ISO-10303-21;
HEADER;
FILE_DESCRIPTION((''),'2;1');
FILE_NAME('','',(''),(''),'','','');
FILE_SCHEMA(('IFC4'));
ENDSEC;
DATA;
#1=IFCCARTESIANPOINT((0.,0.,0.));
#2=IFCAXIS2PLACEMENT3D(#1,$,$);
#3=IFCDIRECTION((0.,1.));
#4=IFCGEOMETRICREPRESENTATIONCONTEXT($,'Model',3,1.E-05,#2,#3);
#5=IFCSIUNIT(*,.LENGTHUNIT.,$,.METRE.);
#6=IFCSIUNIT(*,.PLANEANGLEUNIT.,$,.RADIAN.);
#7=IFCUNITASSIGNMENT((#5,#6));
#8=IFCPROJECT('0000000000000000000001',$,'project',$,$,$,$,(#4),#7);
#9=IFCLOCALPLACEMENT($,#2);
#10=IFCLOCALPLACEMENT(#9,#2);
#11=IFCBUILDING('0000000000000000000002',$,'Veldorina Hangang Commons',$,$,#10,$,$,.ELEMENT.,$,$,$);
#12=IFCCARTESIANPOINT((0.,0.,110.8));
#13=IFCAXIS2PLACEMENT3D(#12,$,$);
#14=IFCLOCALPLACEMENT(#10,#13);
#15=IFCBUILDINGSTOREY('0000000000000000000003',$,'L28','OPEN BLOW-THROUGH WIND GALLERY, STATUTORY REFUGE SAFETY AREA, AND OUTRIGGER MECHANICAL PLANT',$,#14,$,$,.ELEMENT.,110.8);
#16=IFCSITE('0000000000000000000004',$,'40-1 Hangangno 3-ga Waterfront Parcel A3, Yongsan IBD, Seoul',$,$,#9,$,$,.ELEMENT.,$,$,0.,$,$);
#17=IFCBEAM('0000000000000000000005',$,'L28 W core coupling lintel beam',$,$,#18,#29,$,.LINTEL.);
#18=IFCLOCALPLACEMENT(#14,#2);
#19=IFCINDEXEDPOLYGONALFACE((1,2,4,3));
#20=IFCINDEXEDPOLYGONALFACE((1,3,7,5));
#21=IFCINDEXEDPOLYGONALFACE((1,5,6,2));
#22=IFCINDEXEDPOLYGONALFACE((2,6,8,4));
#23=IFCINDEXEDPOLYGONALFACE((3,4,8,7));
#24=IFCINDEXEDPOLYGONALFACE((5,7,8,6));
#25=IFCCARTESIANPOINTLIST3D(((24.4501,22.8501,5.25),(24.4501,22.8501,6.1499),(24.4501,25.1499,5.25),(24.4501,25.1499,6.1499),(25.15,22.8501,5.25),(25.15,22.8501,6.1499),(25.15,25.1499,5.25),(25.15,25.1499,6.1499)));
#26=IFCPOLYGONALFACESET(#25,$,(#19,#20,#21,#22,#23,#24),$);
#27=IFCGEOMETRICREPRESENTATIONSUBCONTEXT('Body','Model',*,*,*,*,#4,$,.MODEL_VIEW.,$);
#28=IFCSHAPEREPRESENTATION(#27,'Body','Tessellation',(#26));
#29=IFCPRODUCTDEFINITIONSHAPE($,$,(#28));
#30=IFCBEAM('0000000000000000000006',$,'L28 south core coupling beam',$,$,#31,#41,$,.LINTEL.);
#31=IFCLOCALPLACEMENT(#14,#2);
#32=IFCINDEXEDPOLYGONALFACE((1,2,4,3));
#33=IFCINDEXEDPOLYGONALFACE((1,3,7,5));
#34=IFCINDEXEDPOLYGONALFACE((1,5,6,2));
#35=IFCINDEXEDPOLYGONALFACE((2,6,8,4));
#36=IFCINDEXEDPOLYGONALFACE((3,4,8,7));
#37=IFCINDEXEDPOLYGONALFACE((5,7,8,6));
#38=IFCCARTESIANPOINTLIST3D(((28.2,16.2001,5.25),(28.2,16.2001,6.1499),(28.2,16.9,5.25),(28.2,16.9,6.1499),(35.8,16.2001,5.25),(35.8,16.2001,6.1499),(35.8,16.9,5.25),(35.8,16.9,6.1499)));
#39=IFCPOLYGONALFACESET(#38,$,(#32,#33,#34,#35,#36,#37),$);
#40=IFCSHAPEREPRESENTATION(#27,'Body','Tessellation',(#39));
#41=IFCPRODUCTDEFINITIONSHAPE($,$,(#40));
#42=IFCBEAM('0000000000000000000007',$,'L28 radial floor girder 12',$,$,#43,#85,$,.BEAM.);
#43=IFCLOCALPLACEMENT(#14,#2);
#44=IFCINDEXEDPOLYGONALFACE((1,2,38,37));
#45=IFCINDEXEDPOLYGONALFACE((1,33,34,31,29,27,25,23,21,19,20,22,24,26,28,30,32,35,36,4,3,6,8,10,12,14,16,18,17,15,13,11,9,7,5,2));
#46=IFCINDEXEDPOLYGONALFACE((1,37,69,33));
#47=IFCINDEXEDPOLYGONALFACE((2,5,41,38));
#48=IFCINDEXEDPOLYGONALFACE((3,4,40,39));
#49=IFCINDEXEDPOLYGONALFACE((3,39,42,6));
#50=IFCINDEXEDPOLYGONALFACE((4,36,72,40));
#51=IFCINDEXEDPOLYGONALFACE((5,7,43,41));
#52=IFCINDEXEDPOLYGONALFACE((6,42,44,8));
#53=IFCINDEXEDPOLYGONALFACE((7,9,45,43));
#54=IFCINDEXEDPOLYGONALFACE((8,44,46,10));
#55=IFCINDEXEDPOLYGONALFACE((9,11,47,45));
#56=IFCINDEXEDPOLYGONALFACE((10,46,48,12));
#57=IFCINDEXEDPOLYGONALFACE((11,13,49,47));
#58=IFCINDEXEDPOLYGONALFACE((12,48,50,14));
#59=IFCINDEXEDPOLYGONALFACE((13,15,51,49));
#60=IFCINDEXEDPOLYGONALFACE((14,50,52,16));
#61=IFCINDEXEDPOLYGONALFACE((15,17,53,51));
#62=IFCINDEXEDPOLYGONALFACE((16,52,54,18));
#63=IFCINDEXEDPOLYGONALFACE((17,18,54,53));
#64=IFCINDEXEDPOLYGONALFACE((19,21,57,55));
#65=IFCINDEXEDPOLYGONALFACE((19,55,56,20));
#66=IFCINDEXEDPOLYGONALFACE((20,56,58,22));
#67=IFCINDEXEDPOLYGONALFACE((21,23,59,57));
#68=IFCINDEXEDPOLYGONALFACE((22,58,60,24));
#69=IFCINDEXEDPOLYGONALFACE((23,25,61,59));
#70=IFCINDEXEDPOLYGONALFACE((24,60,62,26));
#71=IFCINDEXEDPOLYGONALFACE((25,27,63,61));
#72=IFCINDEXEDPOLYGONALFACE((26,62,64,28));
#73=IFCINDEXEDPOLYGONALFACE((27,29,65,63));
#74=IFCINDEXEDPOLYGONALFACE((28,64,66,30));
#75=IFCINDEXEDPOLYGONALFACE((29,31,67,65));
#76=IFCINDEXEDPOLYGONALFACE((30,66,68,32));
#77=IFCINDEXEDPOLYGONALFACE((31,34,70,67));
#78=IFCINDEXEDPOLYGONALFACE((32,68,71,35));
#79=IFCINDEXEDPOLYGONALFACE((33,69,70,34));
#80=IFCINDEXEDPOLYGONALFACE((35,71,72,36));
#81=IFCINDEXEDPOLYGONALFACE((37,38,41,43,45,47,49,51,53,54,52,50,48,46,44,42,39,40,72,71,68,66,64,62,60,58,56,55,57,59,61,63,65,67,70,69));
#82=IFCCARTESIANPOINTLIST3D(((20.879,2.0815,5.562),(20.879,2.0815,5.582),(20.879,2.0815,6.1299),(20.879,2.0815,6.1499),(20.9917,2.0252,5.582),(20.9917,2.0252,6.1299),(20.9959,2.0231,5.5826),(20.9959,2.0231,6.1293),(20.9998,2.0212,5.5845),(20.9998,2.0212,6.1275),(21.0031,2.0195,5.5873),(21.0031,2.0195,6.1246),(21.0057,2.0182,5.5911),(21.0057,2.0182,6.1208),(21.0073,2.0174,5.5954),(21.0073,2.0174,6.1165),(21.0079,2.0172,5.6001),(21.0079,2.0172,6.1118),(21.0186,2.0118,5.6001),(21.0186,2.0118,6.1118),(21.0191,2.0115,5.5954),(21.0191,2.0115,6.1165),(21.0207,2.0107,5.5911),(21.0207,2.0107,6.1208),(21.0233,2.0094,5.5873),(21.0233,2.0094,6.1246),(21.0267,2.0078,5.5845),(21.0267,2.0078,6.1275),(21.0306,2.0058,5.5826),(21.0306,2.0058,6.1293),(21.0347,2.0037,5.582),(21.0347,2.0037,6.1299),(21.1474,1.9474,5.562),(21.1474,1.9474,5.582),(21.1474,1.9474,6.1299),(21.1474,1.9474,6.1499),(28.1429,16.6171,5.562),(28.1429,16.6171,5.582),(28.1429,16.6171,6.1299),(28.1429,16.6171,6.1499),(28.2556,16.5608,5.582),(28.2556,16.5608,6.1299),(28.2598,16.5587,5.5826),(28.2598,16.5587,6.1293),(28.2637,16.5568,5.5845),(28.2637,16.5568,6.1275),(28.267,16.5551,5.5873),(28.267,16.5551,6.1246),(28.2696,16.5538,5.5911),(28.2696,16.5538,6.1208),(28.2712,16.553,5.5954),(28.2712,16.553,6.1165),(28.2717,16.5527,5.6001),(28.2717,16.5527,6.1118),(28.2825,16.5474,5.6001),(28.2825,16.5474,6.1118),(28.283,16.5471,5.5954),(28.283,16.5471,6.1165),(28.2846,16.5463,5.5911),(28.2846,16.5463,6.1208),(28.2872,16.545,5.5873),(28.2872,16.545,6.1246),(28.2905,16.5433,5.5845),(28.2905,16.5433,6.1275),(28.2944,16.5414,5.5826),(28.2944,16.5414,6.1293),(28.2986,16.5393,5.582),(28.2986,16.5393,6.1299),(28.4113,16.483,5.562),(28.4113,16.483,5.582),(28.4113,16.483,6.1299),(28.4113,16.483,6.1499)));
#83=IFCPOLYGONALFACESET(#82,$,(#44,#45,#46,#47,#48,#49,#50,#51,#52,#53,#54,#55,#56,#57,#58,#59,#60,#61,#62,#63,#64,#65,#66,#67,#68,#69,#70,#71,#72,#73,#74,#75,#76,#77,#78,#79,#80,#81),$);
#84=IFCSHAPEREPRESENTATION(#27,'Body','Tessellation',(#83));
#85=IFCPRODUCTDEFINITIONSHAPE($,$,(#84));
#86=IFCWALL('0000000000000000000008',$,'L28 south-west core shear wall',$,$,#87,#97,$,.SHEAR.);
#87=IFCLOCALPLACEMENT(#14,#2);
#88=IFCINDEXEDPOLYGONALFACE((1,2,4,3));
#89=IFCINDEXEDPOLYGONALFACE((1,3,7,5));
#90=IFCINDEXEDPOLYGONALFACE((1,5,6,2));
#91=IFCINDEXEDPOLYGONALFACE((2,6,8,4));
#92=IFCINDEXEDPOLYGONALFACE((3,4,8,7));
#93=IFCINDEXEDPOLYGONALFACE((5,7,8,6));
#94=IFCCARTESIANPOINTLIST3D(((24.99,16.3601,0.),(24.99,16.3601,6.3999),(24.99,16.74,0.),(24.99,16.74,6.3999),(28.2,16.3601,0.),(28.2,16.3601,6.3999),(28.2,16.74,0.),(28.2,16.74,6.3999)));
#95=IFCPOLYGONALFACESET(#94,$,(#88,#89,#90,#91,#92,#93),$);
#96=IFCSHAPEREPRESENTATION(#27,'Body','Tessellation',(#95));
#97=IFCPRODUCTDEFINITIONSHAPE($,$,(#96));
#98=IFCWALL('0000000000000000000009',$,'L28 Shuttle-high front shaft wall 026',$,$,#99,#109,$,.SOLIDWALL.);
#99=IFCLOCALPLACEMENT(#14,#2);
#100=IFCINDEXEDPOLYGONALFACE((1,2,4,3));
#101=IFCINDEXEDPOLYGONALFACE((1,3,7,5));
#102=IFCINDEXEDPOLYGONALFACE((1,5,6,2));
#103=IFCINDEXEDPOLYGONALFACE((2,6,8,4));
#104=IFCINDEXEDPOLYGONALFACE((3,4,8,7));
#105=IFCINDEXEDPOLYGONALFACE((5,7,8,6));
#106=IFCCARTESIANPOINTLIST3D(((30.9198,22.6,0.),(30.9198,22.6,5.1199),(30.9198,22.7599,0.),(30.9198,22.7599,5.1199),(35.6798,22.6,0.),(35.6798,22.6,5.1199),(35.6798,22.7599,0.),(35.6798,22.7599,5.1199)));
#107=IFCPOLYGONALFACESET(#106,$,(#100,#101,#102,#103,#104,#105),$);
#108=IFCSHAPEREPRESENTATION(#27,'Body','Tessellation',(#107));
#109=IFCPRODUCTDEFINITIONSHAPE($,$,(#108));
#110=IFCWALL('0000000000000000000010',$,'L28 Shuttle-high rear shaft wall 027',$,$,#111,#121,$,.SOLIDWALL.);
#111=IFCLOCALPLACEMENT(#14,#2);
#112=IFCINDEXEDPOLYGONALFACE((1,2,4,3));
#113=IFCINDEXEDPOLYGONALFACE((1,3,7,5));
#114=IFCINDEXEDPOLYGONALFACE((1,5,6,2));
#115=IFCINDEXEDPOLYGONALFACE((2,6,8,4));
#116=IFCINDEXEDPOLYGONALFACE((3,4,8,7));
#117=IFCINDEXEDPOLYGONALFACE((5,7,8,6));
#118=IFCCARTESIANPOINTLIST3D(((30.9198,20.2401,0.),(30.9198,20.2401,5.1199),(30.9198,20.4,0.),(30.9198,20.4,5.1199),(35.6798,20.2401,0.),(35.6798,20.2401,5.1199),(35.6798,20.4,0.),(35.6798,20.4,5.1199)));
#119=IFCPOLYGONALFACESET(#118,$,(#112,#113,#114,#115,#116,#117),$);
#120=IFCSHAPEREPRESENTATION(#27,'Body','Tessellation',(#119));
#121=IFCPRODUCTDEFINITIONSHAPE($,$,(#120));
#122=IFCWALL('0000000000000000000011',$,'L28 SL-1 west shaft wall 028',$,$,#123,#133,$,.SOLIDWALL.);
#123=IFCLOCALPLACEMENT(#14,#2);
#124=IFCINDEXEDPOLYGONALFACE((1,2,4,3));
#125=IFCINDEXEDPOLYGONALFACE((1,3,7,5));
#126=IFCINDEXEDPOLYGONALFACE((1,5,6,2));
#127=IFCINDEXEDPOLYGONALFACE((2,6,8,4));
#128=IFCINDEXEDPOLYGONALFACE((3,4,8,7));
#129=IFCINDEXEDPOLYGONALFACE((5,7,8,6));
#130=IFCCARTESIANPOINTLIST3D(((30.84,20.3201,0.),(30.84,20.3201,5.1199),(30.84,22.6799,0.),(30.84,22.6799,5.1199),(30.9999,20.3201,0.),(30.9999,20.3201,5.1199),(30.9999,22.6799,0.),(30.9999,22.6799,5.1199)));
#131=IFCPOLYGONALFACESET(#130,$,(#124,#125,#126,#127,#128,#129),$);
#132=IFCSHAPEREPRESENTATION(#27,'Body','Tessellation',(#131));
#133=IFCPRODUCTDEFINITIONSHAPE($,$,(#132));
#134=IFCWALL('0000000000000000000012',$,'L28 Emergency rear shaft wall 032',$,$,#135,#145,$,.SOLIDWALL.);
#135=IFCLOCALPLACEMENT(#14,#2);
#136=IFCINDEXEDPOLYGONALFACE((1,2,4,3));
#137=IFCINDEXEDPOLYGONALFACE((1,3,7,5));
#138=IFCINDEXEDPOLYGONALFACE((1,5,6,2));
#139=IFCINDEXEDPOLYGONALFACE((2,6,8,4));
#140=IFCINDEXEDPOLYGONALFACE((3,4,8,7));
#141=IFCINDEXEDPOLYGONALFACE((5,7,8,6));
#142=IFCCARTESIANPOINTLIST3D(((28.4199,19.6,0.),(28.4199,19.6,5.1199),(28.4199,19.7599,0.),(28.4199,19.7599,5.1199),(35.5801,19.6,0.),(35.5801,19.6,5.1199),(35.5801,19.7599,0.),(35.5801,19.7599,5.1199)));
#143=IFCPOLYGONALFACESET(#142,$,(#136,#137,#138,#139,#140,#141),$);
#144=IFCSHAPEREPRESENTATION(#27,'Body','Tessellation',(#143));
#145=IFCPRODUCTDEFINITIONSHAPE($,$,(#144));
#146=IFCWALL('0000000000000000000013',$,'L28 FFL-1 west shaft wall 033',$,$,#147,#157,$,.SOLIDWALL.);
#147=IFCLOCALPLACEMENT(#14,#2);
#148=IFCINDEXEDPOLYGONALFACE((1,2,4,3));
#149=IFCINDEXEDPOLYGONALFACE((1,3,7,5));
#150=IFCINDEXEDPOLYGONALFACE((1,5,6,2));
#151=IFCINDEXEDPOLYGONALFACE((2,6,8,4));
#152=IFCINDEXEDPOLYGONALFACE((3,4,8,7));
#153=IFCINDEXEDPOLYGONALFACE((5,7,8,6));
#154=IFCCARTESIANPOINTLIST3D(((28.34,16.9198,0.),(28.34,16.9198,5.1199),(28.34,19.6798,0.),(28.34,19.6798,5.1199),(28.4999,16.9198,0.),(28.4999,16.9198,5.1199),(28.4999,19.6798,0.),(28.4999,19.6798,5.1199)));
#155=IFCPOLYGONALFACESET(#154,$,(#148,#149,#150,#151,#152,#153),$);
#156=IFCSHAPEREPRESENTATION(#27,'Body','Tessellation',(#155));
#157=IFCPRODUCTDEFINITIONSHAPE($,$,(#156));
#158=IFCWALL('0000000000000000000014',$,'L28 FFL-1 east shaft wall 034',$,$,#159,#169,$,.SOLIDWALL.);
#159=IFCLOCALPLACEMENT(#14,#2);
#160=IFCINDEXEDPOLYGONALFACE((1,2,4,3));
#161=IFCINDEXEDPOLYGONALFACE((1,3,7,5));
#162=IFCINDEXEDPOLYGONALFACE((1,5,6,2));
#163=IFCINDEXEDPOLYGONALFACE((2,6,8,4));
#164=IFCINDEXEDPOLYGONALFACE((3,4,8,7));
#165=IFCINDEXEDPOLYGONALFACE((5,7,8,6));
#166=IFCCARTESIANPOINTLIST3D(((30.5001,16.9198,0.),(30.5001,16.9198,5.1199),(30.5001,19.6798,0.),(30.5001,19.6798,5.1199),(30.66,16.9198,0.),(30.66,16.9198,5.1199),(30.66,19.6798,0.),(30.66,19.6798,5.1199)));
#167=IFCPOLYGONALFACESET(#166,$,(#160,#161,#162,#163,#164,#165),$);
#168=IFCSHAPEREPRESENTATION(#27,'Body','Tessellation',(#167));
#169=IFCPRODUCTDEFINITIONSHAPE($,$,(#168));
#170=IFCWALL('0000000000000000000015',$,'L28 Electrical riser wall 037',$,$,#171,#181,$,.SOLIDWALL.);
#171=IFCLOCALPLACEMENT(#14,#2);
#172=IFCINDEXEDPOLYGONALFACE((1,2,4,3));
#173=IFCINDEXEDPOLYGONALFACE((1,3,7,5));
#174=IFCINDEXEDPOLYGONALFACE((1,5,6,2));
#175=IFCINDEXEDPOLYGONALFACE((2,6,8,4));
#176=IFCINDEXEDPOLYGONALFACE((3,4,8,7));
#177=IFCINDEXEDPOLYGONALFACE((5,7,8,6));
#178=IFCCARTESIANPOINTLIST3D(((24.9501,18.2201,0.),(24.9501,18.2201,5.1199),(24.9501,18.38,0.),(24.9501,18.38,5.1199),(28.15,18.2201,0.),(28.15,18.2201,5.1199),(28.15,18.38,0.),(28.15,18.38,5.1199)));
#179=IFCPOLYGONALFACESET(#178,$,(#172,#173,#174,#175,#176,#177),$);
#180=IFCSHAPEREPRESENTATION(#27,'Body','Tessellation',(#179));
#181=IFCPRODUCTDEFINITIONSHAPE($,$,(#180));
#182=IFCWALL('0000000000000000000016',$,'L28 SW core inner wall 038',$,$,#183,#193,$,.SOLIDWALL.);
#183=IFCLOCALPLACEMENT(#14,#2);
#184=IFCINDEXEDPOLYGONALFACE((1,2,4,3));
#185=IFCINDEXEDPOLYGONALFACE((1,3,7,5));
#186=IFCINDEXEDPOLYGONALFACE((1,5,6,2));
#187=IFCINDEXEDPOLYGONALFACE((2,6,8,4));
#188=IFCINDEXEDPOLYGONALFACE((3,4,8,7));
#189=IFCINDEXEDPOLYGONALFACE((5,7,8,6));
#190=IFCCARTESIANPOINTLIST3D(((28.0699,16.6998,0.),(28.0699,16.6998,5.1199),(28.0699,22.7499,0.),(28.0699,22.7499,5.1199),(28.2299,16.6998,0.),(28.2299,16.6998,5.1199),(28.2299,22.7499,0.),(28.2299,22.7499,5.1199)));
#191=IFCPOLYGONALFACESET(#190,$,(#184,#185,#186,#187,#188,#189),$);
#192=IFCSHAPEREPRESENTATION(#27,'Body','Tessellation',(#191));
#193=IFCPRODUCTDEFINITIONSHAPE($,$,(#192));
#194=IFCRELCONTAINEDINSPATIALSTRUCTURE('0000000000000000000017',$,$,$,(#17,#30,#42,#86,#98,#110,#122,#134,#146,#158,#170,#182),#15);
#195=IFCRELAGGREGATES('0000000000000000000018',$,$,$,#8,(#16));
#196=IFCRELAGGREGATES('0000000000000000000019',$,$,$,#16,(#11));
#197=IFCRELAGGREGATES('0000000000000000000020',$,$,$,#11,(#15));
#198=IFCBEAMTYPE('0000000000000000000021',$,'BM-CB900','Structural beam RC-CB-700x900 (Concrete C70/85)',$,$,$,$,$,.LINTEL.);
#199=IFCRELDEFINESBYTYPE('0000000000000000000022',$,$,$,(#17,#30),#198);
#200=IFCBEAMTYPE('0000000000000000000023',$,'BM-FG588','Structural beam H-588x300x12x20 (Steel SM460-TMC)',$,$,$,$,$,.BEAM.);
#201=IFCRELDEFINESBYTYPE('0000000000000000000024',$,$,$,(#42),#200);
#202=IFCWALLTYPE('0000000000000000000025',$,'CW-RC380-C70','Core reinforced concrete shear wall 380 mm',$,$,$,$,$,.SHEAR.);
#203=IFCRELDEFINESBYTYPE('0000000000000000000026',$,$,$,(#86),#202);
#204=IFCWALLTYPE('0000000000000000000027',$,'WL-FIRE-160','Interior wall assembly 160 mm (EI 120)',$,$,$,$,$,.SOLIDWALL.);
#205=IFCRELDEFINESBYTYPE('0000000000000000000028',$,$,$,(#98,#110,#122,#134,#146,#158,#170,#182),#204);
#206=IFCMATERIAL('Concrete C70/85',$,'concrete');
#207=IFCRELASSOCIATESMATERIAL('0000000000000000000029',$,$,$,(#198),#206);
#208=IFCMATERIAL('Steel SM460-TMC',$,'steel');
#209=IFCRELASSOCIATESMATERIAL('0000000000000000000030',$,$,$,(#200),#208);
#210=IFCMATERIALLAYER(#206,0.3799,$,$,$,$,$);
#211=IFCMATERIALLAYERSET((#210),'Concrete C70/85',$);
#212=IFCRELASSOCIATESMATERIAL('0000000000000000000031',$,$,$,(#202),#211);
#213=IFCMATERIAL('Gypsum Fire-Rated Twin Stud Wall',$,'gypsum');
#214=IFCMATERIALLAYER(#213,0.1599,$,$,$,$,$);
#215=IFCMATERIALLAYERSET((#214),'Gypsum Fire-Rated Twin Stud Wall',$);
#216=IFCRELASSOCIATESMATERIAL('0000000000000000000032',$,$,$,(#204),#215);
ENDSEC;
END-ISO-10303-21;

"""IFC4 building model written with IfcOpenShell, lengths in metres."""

from ifc_helpers import new_model, si_unit, direction, frame, frame_2d, origin, origin_2d, place, context, subcontext, project, spatial, rectangle, i_section, extrude, material, layer, layer_set, material_profile, profile_set, type_object, element, save


model = new_model("IFC4")

# Units and contexts
model_context = context("Model", 3, precision=1e-05, world=origin(), true_north=direction((0.0, 1.0)))
body_context = subcontext(model_context, "Body", "Model", "MODEL_VIEW")
ifc_project = project(units=[si_unit("LENGTHUNIT", "METRE"), si_unit("PLANEANGLEUNIT", "RADIAN")], contexts=[model_context])

# Site, building, storey
site_placement = place(None, origin())
site = spatial("IfcSite", under=ifc_project, at=site_placement, Name="40-1 Hangangno 3-ga Waterfront Parcel A3, Yongsan IBD, Seoul", CompositionType="ELEMENT", RefElevation=0.0)
building_placement = place(site_placement, origin())
building = spatial("IfcBuilding", under=site, at=building_placement, Name="Veldorina Hangang Commons", CompositionType="ELEMENT")
storey_placement = place(building_placement, frame((0.0, 0.0, 110.8)))
storey = spatial("IfcBuildingStorey", under=building, at=storey_placement, Name="L28", Description="OPEN BLOW-THROUGH WIND GALLERY, STATUTORY REFUGE SAFETY AREA, AND OUTRIGGER MECHANICAL PLANT", CompositionType="ELEMENT", Elevation=110.8)

# Beams
ifc_material_1 = material(Name="Concrete C70/85", Category="concrete")
ifc_material_profile_1 = material_profile(ifc_material_1, rectangle(XDim=0.7, YDim=0.8999, at=origin_2d()), Name="RC-CB-700x900")
ifc_profile_set_1 = profile_set([ifc_material_profile_1], Name="Concrete C70/85")
beam_type_1 = type_object("IfcBeamType", Name="BM-CB900", Description="Structural beam RC-CB-700x900 (Concrete C70/85)", PredefinedType="LINTEL", material=ifc_profile_set_1)
beam_1_placement = place(storey_placement, frame((24.8, 22.8501, 5.7), z_axis=(0.0, 1.0, 0.0), x_axis=(-1.0, 0.0, 0.0)))
element("IfcBeam", 1, at=beam_1_placement, inside=storey, type_object=beam_type_1, Name="L28 W core coupling lintel beam", PredefinedType="LINTEL", context=body_context, shape_type="SweptSolid", body=[
    extrude(rectangle(XDim=0.7, YDim=0.8999, at=origin_2d()), origin(), (0.0, 0.0, 1.0), 2.2998),
])
beam_2_placement = place(storey_placement, frame((28.2, 16.55, 5.7), z_axis=(1.0, 0.0, 0.0), x_axis=(0.0, 1.0, 0.0)))
element("IfcBeam", 2, at=beam_2_placement, inside=storey, type_object=beam_type_1, Name="L28 south core coupling beam", PredefinedType="LINTEL", context=body_context, shape_type="SweptSolid", body=[
    extrude(rectangle(XDim=0.7, YDim=0.8999, at=origin_2d()), origin(), (0.0, 0.0, 1.0), 7.6001),
])
ifc_material_2 = material(Name="Steel SM460-TMC", Category="steel")
ifc_material_profile_2 = material_profile(ifc_material_2, i_section(OverallWidth=0.3, OverallDepth=0.5879, WebThickness=0.012, FlangeThickness=0.02, FilletRadius=0.0181, at=origin_2d()), Name="H-588x300x12x20")
ifc_profile_set_2 = profile_set([ifc_material_profile_2], Name="Steel SM460-TMC")
beam_type_2 = type_object("IfcBeamType", Name="BM-FG588", Description="Structural beam H-588x300x12x20 (Steel SM460-TMC)", PredefinedType="BEAM", material=ifc_profile_set_2)
beam_3_placement = place(storey_placement, frame((28.2771, 16.55, 5.856), z_axis=(-0.447021, -0.894523, 0.0), x_axis=(0.894523, -0.447021, 0.0)))
element("IfcBeam", 3, at=beam_3_placement, inside=storey, type_object=beam_type_2, Name="L28 radial floor girder 12", PredefinedType="BEAM", context=body_context, shape_type="SweptSolid", body=[
    extrude(i_section(OverallWidth=0.3, OverallDepth=0.5879, WebThickness=0.012, FlangeThickness=0.02, FilletRadius=0.0181, at=origin_2d()), origin(), (0.0, 0.0, 1.0), 16.2495),
])

# Walls
ifc_layer_1 = layer(ifc_material_1, 0.3799)
ifc_layer_set_1 = layer_set([ifc_layer_1], Name="Concrete C70/85")
wall_type_1 = type_object("IfcWallType", Name="CW-RC380-C70", Description="Core reinforced concrete shear wall 380 mm", PredefinedType="SHEAR", material=ifc_layer_set_1)
wall_1_placement = place(storey_placement, frame((24.99, 16.55, 0.0), z_axis=(0.0, 0.0, 1.0), x_axis=(1.0, 0.0, 0.0)))
element("IfcWall", 4, at=wall_1_placement, inside=storey, type_object=wall_type_1, Name="L28 south-west core shear wall", PredefinedType="SHEAR", context=body_context, shape_type="SweptSolid", body=[
    extrude(rectangle(XDim=3.21, YDim=0.3799, at=frame_2d((1.605, 0.0))), origin(), (0.0, 0.0, 1.0), 6.3999),
])
ifc_material_3 = material(Name="Gypsum Fire-Rated Twin Stud Wall", Category="gypsum")
ifc_layer_2 = layer(ifc_material_3, 0.1599)
ifc_layer_set_2 = layer_set([ifc_layer_2], Name="Gypsum Fire-Rated Twin Stud Wall")
wall_type_2 = type_object("IfcWallType", Name="WL-FIRE-160", Description="Interior wall assembly 160 mm (EI 120)", PredefinedType="SOLIDWALL", material=ifc_layer_set_2)
for number, where, z_axis, x_axis, name in (
    (5, (30.9199, 22.6799, 0.0), (0.0, 0.0, 1.0), (1.0, 0.0, 0.0), "L28 Shuttle-high front shaft wall 026"),
    (6, (30.9199, 20.3201, 0.0), (0.0, 0.0, 1.0), (1.0, 0.0, 0.0), "L28 Shuttle-high rear shaft wall 027"),
):
    element("IfcWall", number, at=place(storey_placement, frame(where, z_axis=z_axis, x_axis=x_axis)), inside=storey, type_object=wall_type_2, Name=name, PredefinedType="SOLIDWALL", context=body_context, shape_type="SweptSolid", body=[
        extrude(rectangle(XDim=4.76, YDim=0.1599, at=frame_2d((2.3799, 0.0))), origin(), (0.0, 0.0, 1.0), 5.1199),
    ])
wall_2_placement = place(storey_placement, frame((30.9199, 20.3201, 0.0), z_axis=(0.0, 0.0, 1.0), x_axis=(0.0, 1.0, 0.0)))
element("IfcWall", 7, at=wall_2_placement, inside=storey, type_object=wall_type_2, Name="L28 SL-1 west shaft wall 028", PredefinedType="SOLIDWALL", context=body_context, shape_type="SweptSolid", body=[
    extrude(rectangle(XDim=2.3599, YDim=0.1599, at=frame_2d((1.1799, 0.0))), origin(), (0.0, 0.0, 1.0), 5.1199),
])

# Walls
wall_3_placement = place(storey_placement, frame((28.4199, 19.6799, 0.0), z_axis=(0.0, 0.0, 1.0), x_axis=(1.0, 0.0, 0.0)))
element("IfcWall", 8, at=wall_3_placement, inside=storey, type_object=wall_type_2, Name="L28 Emergency rear shaft wall 032", PredefinedType="SOLIDWALL", context=body_context, shape_type="SweptSolid", body=[
    extrude(rectangle(XDim=7.1602, YDim=0.1599, at=frame_2d((3.5801, 0.0))), origin(), (0.0, 0.0, 1.0), 5.1199),
])
for number, where, z_axis, x_axis, name in (
    (9, (28.4199, 16.9199, 0.0), (0.0, 0.0, 1.0), (0.0, 1.0, 0.0), "L28 FFL-1 west shaft wall 033"),
    (10, (30.5801, 16.9199, 0.0), (0.0, 0.0, 1.0), (0.0, 1.0, 0.0), "L28 FFL-1 east shaft wall 034"),
):
    element("IfcWall", number, at=place(storey_placement, frame(where, z_axis=z_axis, x_axis=x_axis)), inside=storey, type_object=wall_type_2, Name=name, PredefinedType="SOLIDWALL", context=body_context, shape_type="SweptSolid", body=[
        extrude(rectangle(XDim=2.76, YDim=0.1599, at=frame_2d((1.3799, 0.0))), origin(), (0.0, 0.0, 1.0), 5.1199),
    ])
wall_4_placement = place(storey_placement, frame((24.95, 18.3, 0.0), z_axis=(0.0, 0.0, 1.0), x_axis=(1.0, 0.0, 0.0)))
element("IfcWall", 11, at=wall_4_placement, inside=storey, type_object=wall_type_2, Name="L28 Electrical riser wall 037", PredefinedType="SOLIDWALL", context=body_context, shape_type="SweptSolid", body=[
    extrude(rectangle(XDim=3.2, YDim=0.1599, at=frame_2d((1.6001, 0.0))), origin(), (0.0, 0.0, 1.0), 5.1199),
])
wall_5_placement = place(storey_placement, frame((28.1499, 16.7, 0.0), z_axis=(0.0, 0.0, 1.0), x_axis=(0.0, 1.0, 0.0)))
element("IfcWall", 12, at=wall_5_placement, inside=storey, type_object=wall_type_2, Name="L28 SW core inner wall 038", PredefinedType="SOLIDWALL", context=body_context, shape_type="SweptSolid", body=[
    extrude(rectangle(XDim=6.05, YDim=0.1599, at=frame_2d((3.0249, 0.0))), origin(), (0.0, 0.0, 1.0), 5.1199),
])

save(model, "model.ifc")
